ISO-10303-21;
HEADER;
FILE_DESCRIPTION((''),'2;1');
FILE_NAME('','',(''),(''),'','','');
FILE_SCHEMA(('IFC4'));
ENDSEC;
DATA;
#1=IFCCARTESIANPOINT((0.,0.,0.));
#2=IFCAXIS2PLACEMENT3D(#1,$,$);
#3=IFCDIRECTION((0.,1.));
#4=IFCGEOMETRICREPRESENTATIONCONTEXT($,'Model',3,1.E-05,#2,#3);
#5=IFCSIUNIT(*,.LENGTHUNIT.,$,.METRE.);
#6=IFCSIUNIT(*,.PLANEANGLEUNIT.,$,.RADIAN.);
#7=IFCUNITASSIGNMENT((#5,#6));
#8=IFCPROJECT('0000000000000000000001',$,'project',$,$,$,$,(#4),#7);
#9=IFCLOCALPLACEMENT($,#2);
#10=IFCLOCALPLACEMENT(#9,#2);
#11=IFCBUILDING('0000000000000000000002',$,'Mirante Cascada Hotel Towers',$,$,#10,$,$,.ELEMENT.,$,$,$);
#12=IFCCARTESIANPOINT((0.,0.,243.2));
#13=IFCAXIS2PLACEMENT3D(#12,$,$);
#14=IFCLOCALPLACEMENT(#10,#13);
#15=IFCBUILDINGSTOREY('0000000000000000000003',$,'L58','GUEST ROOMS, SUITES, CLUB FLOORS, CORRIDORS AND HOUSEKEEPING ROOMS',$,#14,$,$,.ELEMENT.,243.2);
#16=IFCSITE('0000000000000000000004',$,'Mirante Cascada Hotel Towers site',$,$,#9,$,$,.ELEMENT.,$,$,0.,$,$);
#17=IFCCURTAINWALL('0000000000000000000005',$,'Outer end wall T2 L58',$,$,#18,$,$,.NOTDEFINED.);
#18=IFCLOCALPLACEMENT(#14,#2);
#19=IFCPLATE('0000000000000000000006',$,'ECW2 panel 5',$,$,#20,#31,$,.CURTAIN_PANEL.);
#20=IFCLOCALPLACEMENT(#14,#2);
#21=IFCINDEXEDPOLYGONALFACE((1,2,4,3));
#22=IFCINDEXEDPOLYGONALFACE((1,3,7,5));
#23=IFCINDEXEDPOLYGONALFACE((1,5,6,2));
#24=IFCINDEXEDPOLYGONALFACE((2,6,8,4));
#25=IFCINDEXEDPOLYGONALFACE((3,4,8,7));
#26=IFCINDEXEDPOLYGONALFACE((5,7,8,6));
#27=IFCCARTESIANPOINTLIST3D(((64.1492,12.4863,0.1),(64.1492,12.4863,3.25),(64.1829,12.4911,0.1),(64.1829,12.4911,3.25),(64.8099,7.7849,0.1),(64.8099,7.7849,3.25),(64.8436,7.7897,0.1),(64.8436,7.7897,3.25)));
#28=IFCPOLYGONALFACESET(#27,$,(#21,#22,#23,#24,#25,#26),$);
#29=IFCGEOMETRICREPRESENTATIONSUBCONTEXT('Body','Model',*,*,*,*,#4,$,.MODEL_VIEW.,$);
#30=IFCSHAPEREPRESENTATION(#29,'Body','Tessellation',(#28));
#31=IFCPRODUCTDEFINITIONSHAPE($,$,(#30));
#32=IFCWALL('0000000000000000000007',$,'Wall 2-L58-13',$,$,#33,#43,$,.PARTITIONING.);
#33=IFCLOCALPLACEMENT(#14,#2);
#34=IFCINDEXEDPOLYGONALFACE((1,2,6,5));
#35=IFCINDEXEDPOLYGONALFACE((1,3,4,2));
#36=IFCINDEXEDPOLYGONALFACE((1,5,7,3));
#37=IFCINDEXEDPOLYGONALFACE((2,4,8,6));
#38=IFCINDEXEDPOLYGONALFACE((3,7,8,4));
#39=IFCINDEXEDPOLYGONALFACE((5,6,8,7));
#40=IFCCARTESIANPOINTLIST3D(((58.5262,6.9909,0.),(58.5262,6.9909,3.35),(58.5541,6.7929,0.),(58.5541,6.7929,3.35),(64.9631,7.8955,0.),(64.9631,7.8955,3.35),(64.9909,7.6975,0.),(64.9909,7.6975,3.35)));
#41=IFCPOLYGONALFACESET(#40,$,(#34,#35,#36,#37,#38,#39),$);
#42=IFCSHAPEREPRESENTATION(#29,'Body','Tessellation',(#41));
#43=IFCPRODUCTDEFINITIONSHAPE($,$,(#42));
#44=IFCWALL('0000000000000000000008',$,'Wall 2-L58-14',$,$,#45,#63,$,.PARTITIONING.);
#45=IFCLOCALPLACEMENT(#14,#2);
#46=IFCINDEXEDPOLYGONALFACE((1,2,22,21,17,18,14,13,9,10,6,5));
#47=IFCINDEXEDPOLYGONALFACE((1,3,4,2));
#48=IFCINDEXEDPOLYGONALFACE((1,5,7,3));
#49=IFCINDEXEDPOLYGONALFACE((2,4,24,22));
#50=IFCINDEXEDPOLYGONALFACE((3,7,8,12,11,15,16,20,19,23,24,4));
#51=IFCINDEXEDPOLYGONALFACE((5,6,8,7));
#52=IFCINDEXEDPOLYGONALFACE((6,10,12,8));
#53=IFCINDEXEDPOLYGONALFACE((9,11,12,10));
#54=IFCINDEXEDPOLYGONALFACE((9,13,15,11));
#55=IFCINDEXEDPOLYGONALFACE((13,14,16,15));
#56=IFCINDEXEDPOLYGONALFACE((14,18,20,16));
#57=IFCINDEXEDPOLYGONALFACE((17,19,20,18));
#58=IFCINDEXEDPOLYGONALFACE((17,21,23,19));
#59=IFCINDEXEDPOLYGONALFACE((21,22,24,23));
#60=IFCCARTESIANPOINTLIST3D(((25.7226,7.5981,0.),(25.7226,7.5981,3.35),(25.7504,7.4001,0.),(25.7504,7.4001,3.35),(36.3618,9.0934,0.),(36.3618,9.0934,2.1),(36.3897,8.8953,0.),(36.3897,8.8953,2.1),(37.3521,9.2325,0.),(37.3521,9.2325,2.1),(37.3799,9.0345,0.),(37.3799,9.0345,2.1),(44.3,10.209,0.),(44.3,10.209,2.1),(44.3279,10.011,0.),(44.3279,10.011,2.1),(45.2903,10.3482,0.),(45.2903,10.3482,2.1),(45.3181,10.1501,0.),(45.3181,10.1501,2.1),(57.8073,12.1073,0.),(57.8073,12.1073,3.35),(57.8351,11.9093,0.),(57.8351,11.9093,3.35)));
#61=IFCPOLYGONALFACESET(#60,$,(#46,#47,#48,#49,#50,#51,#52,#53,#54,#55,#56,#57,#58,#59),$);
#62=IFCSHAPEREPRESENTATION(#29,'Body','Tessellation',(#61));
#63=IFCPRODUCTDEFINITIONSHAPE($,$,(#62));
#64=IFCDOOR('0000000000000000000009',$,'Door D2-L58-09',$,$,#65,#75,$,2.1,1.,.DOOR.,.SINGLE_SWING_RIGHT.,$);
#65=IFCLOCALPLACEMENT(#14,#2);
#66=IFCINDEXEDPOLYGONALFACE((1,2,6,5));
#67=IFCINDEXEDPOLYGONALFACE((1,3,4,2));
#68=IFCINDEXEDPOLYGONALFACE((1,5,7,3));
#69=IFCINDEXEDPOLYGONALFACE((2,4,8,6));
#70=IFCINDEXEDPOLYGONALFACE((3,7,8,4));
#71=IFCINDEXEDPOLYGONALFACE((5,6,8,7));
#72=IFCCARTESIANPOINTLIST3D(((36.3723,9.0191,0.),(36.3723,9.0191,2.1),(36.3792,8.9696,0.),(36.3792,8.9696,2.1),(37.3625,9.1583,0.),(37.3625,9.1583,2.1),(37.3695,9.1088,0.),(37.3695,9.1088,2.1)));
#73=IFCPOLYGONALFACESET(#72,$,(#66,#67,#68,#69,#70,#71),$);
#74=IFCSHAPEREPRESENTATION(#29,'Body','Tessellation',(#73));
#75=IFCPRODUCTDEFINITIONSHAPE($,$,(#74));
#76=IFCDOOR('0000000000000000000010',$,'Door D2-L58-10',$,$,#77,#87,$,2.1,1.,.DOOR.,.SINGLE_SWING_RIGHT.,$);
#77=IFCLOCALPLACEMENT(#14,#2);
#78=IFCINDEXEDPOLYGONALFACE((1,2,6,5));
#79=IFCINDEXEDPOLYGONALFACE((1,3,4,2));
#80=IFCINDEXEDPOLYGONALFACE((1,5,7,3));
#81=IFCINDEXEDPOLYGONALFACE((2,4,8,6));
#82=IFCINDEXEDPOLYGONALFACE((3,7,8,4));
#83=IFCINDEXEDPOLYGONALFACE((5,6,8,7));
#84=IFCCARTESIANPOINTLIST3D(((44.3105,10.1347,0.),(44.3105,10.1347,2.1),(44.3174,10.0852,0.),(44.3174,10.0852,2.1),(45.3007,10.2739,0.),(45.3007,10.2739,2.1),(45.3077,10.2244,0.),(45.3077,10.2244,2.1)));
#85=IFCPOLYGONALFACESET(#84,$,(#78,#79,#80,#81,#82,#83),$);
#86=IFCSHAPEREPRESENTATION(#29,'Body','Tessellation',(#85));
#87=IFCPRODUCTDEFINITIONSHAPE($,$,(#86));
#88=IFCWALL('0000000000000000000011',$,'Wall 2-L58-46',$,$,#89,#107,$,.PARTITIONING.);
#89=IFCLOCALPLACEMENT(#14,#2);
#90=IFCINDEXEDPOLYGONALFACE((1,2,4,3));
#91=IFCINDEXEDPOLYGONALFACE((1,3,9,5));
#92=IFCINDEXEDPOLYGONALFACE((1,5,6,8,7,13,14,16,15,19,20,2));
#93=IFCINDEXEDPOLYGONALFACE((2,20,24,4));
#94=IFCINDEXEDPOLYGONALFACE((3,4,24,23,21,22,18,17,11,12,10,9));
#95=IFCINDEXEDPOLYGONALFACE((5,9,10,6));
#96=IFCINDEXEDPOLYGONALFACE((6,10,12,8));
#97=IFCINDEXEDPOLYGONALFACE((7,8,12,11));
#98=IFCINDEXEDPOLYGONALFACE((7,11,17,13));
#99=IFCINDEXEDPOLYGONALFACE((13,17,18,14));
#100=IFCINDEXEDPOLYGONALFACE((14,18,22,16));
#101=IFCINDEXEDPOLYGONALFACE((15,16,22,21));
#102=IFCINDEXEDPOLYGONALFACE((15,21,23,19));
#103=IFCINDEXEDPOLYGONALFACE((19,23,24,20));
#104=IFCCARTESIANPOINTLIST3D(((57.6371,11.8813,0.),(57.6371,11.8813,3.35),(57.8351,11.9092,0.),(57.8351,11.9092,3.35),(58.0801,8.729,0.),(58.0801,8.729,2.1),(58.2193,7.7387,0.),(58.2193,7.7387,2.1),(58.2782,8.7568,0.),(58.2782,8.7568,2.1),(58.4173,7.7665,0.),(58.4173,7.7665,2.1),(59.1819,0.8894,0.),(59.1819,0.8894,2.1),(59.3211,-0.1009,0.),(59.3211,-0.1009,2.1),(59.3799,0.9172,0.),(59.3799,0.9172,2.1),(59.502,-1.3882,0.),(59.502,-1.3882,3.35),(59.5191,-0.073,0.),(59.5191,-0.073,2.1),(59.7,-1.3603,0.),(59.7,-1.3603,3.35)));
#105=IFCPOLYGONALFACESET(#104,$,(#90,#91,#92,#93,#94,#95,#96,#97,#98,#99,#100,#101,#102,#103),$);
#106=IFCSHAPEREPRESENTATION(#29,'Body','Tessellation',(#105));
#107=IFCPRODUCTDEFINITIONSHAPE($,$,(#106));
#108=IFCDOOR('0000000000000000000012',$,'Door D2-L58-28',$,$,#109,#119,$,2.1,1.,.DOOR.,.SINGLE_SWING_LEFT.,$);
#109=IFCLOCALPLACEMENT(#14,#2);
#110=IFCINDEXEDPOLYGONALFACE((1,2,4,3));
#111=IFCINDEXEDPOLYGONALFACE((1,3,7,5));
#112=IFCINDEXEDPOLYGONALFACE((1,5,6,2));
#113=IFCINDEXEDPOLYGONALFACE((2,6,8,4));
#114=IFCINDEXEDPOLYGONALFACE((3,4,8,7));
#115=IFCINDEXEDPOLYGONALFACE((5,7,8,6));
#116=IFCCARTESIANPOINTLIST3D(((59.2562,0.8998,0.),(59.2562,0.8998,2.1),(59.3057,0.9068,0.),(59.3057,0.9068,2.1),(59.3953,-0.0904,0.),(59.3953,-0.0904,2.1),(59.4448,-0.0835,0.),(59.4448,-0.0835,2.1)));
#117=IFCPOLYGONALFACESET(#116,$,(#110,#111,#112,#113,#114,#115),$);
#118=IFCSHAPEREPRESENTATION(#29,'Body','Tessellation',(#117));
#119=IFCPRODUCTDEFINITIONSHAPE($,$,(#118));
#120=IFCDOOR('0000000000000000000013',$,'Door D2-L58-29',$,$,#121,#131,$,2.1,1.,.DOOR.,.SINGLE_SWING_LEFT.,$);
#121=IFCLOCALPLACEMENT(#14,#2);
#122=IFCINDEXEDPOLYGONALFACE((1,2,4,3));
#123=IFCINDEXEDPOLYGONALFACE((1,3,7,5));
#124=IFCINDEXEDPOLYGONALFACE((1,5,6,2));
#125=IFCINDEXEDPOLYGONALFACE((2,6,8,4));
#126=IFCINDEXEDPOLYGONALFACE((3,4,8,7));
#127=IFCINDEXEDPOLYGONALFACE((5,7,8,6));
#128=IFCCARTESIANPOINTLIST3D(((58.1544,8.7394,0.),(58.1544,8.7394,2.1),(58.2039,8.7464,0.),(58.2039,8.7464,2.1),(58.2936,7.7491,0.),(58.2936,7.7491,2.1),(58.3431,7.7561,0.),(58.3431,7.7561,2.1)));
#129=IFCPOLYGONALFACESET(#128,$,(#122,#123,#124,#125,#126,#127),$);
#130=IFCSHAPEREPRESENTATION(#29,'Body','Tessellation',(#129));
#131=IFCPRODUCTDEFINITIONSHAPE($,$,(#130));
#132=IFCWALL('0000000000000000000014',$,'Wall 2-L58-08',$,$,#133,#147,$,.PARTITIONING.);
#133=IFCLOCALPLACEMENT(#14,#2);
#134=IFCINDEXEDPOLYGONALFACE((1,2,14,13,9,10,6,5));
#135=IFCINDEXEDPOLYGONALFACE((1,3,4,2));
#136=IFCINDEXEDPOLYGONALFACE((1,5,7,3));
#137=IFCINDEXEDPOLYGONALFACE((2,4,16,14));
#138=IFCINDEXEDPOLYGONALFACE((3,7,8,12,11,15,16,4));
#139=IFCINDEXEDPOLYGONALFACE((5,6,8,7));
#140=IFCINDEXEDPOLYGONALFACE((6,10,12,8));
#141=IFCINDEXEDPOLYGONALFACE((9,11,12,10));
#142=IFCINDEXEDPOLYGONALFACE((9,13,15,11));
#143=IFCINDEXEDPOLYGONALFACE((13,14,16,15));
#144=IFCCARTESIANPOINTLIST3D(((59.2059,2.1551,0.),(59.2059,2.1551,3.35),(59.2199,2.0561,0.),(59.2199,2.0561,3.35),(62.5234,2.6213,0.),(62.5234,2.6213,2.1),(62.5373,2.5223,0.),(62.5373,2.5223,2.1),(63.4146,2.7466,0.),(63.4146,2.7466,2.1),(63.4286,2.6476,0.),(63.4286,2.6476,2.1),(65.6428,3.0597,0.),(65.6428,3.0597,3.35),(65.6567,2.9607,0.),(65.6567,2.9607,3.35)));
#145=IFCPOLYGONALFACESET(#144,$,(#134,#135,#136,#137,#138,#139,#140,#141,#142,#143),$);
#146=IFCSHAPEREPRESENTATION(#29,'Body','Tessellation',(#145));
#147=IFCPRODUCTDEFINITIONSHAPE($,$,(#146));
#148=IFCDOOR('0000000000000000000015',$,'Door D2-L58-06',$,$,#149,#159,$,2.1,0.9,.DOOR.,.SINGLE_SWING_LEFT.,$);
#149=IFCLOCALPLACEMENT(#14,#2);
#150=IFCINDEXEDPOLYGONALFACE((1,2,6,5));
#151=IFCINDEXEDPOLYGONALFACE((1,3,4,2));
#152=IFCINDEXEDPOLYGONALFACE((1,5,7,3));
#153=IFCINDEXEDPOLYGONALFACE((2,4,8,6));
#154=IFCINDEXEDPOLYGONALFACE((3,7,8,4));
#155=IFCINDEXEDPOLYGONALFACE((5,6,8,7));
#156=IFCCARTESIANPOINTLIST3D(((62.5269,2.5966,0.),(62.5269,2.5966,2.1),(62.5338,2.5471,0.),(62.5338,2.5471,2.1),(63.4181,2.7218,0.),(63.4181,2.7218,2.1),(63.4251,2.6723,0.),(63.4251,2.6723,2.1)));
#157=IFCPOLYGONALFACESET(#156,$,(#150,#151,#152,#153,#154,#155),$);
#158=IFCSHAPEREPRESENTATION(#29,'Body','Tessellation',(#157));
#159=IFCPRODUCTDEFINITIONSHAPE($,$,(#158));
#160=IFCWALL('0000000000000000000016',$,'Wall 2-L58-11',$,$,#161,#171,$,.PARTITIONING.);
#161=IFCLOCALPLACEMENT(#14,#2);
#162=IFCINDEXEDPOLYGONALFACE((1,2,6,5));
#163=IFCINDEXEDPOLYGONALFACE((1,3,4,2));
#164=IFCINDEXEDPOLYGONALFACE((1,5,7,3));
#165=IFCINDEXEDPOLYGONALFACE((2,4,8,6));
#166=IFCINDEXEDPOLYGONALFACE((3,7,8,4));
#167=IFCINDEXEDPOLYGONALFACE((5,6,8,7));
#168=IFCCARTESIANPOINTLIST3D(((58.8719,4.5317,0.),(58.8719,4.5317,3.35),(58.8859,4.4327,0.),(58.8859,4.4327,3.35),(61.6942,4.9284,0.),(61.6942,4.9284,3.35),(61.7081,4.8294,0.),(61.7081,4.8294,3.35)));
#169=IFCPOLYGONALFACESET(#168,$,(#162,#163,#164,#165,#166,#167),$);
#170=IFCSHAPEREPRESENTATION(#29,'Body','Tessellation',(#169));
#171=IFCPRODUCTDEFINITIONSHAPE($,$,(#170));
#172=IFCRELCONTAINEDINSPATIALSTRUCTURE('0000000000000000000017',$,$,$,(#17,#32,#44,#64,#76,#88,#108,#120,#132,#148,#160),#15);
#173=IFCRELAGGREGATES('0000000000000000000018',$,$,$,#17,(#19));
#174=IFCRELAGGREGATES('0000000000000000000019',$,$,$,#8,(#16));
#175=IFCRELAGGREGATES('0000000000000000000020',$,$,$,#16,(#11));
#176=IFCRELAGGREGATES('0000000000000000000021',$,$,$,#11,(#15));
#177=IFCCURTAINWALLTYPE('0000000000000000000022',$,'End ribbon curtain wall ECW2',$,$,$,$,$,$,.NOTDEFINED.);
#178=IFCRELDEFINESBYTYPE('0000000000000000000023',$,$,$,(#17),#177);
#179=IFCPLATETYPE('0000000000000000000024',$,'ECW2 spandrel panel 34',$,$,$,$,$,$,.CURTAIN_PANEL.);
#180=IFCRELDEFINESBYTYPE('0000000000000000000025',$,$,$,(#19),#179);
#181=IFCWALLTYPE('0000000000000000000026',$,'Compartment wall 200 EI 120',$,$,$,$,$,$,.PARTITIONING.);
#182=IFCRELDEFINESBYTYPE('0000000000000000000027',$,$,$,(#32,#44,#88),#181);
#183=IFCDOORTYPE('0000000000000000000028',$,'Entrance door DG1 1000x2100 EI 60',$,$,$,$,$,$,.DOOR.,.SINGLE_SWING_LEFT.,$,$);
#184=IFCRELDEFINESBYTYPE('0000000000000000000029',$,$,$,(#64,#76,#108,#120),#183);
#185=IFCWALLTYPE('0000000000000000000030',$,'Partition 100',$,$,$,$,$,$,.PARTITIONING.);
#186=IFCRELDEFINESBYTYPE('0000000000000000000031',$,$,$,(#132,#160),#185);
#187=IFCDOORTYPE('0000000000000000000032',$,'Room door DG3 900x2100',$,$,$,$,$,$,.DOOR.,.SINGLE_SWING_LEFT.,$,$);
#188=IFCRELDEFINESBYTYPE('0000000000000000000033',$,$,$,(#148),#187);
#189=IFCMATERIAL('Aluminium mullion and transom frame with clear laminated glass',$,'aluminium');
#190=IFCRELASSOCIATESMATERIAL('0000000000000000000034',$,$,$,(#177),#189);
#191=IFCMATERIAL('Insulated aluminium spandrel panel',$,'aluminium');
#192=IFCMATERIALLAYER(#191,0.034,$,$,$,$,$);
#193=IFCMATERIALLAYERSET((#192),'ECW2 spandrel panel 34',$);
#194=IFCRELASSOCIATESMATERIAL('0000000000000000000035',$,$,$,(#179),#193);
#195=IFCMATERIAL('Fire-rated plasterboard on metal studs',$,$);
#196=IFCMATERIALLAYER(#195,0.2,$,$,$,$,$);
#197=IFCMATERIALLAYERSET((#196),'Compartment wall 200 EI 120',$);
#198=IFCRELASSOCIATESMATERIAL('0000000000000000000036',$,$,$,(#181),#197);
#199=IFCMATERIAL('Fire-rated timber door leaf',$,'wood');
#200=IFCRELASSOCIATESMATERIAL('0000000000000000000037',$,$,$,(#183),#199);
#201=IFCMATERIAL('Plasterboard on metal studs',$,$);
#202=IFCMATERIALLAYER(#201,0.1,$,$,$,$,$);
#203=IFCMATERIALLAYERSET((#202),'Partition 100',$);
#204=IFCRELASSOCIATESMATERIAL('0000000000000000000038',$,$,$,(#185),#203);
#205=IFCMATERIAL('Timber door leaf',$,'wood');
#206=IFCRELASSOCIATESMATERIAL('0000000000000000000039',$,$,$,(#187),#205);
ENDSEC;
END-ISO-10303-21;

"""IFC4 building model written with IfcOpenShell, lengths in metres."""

from ifc_helpers import new_model, si_unit, direction, frame, frame_2d, origin, origin_2d, place, context, subcontext, project, spatial, rectangle, extrude, material, layer, layer_set, type_object, element, fill, aggregate, save


model = new_model("IFC4")

# Units and contexts
model_context = context("Model", 3, precision=1e-05, world=origin(), true_north=direction((0.0, 1.0)))
body_context = subcontext(model_context, "Body", "Model", "MODEL_VIEW")
ifc_project = project(units=[si_unit("LENGTHUNIT", "METRE"), si_unit("PLANEANGLEUNIT", "RADIAN")], contexts=[model_context])

# Site, building, storey
site_placement = place(None, origin())
site = spatial("IfcSite", under=ifc_project, at=site_placement, Name="Mirante Cascada Hotel Towers site", CompositionType="ELEMENT", RefElevation=0.0)
building_placement = place(site_placement, origin())
building = spatial("IfcBuilding", under=site, at=building_placement, Name="Mirante Cascada Hotel Towers", CompositionType="ELEMENT")
storey_placement = place(building_placement, frame((0.0, 0.0, 243.2)))
storey = spatial("IfcBuildingStorey", under=building, at=storey_placement, Name="L58", Description="GUEST ROOMS, SUITES, CLUB FLOORS, CORRIDORS AND HOUSEKEEPING ROOMS", CompositionType="ELEMENT", Elevation=243.2)

# Curtain wall, plate
ifc_material_1 = material(Name="Aluminium mullion and transom frame with clear laminated glass", Category="aluminium")
curtain_wall_type_1 = type_object("IfcCurtainWallType", Name="End ribbon curtain wall ECW2", PredefinedType="NOTDEFINED", material=ifc_material_1)
curtain_wall_1_placement = place(storey_placement, origin())
curtain_wall_1 = element("IfcCurtainWall", 1, at=curtain_wall_1_placement, inside=storey, type_object=curtain_wall_type_1, Name="Outer end wall T2 L58", PredefinedType="NOTDEFINED")
ifc_material_2 = material(Name="Insulated aluminium spandrel panel", Category="aluminium")
ifc_layer_1 = layer(ifc_material_2, 0.034)
ifc_layer_set_1 = layer_set([ifc_layer_1], Name="ECW2 spandrel panel 34")
plate_type_1 = type_object("IfcPlateType", Name="ECW2 spandrel panel 34", PredefinedType="CURTAIN_PANEL", material=ifc_layer_set_1)
plate_1_placement = place(storey_placement, frame((64.4964, 10.138, 0.1), z_axis=(0.0, 0.0, 1.0), x_axis=(-0.139173, 0.990268, 0.0)))
plate_1 = element("IfcPlate", 2, at=plate_1_placement, type_object=plate_type_1, Name="ECW2 panel 5", PredefinedType="CURTAIN_PANEL", context=body_context, shape_type="SweptSolid", body=[
    extrude(rectangle(XDim=4.7476, YDim=0.034, at=origin_2d()), origin(), (0.0, 0.0, 1.0), 3.15),
])
aggregate(curtain_wall_1, [plate_1])

# Wall
ifc_material_3 = material(Name="Fire-rated plasterboard on metal studs")
ifc_layer_2 = layer(ifc_material_3, 0.2)
ifc_layer_set_2 = layer_set([ifc_layer_2], Name="Compartment wall 200 EI 120")
wall_type_1 = type_object("IfcWallType", Name="Compartment wall 200 EI 120", PredefinedType="PARTITIONING", material=ifc_layer_set_2)
wall_1_placement = place(storey_placement, frame((58.5402, 6.8919, 0.0), z_axis=(0.0, 0.0, 1.0), x_axis=(0.990269, 0.139168, 0.0)))
element("IfcWall", 3, at=wall_1_placement, inside=storey, type_object=wall_type_1, Name="Wall 2-L58-13", PredefinedType="PARTITIONING", context=body_context, shape_type="SweptSolid", body=[
    extrude(rectangle(XDim=6.5001, YDim=0.2, at=frame_2d((3.25, 0.0))), origin(), (0.0, 0.0, 1.0), 3.35),
])

# Walls, openings, doors
wall_2_placement = place(storey_placement, frame((57.8212, 12.0083, 0.0), z_axis=(0.0, 0.0, 1.0), x_axis=(-0.990268, -0.139173, 0.0)))
wall_2 = element("IfcWall", 4, at=wall_2_placement, inside=storey, type_object=wall_type_1, Name="Wall 2-L58-14", PredefinedType="PARTITIONING", context=body_context, shape_type="SweptSolid", body=[
    extrude(rectangle(XDim=32.4, YDim=0.2, at=frame_2d((16.2, 0.0))), origin(), (0.0, 0.0, 1.0), 3.35),
])
opening_1_placement = place(wall_2_placement, frame((20.6562, 0.0, 0.0)))
opening_1 = element("IfcOpeningElement", 5, at=opening_1_placement, cuts=wall_2, PredefinedType="OPENING", context=body_context, shape_type="SweptSolid", body=[
    extrude(rectangle(XDim=1.0, YDim=2.1, at=frame_2d((0.5, 1.05))), frame((0.0, 0.1, 0.0), z_axis=(0.0, -1.0, 0.0), x_axis=(1.0, 0.0, 0.0)), (0.0, 0.0, 1.0), 0.2),
])
opening_2_placement = place(wall_2_placement, frame((12.64, 0.0, 0.0)))
opening_2 = element("IfcOpeningElement", 6, at=opening_2_placement, cuts=wall_2, PredefinedType="OPENING", context=body_context, shape_type="SweptSolid", body=[
    extrude(rectangle(XDim=1.0, YDim=2.1, at=frame_2d((0.5, 1.05))), frame((0.0, 0.1, 0.0), z_axis=(0.0, -1.0, 0.0), x_axis=(1.0, 0.0, 0.0)), (0.0, 0.0, 1.0), 0.2),
])
ifc_material_4 = material(Name="Fire-rated timber door leaf", Category="wood")
door_type_1 = type_object("IfcDoorType", Name="Entrance door DG1 1000x2100 EI 60", OperationType="SINGLE_SWING_LEFT", PredefinedType="DOOR", material=ifc_material_4)
door_1_placement = place(opening_1_placement, frame((1.0, 0.0, 0.0), z_axis=(0.0, 0.0, 1.0), x_axis=(-1.0, 0.0, 0.0)))
door_1 = element("IfcDoor", 7, at=door_1_placement, inside=storey, type_object=door_type_1, Name="Door D2-L58-09", OperationType="SINGLE_SWING_RIGHT", OverallHeight=2.1, OverallWidth=1.0, PredefinedType="DOOR", context=body_context, shape_type="SweptSolid", body=[
    extrude(rectangle(XDim=1.0, YDim=2.1, at=frame_2d((0.5, 1.05))), frame((0.0, 0.025, 0.0), z_axis=(0.0, -1.0, 0.0), x_axis=(1.0, 0.0, 0.0)), (0.0, 0.0, 1.0), 0.05),
])
fill(opening_1, door_1)
door_2_placement = place(opening_2_placement, frame((1.0, 0.0, 0.0), z_axis=(0.0, 0.0, 1.0), x_axis=(-1.0, 0.0, 0.0)))
door_2 = element("IfcDoor", 8, at=door_2_placement, inside=storey, type_object=door_type_1, Name="Door D2-L58-10", OperationType="SINGLE_SWING_RIGHT", OverallHeight=2.1, OverallWidth=1.0, PredefinedType="DOOR", context=body_context, shape_type="SweptSolid", body=[
    extrude(rectangle(XDim=1.0, YDim=2.1, at=frame_2d((0.5, 1.05))), frame((0.0, 0.025, 0.0), z_axis=(0.0, -1.0, 0.0), x_axis=(1.0, 0.0, 0.0)), (0.0, 0.0, 1.0), 0.05),
])
fill(opening_2, door_2)
wall_3_placement = place(storey_placement, frame((57.7361, 11.8953, 0.0), z_axis=(0.0, 0.0, 1.0), x_axis=(0.139173, -0.990268, 0.0)))
wall_3 = element("IfcWall", 9, at=wall_3_placement, inside=storey, type_object=wall_type_1, Name="Wall 2-L58-46", PredefinedType="PARTITIONING", context=body_context, shape_type="SweptSolid", body=[
    extrude(rectangle(XDim=13.3999, YDim=0.2, at=frame_2d((6.7, 0.0))), origin(), (0.0, 0.0, 1.0), 3.35),
])
opening_3_placement = place(wall_3_placement, frame((11.1, 0.0, 0.0)))
opening_3 = element("IfcOpeningElement", 10, at=opening_3_placement, cuts=wall_3, PredefinedType="OPENING", context=body_context, shape_type="SweptSolid", body=[
    extrude(rectangle(XDim=1.0, YDim=2.1, at=frame_2d((0.5, 1.05))), frame((0.0, 0.1, 0.0), z_axis=(0.0, -1.0, 0.0), x_axis=(1.0, 0.0, 0.0)), (0.0, 0.0, 1.0), 0.2),
])
opening_4_placement = place(wall_3_placement, frame((3.1834, 0.0, 0.0)))
opening_4 = element("IfcOpeningElement", 11, at=opening_4_placement, cuts=wall_3, PredefinedType="OPENING", context=body_context, shape_type="SweptSolid", body=[
    extrude(rectangle(XDim=1.0, YDim=2.1, at=frame_2d((0.5, 1.05))), frame((0.0, 0.1, 0.0), z_axis=(0.0, -1.0, 0.0), x_axis=(1.0, 0.0, 0.0)), (0.0, 0.0, 1.0), 0.2),
])
door_3_placement = place(opening_3_placement, origin())
door_3 = element("IfcDoor", 12, at=door_3_placement, inside=storey, type_object=door_type_1, Name="Door D2-L58-28", OperationType="SINGLE_SWING_LEFT", OverallHeight=2.1, OverallWidth=1.0, PredefinedType="DOOR", context=body_context, shape_type="SweptSolid", body=[
    extrude(rectangle(XDim=1.0, YDim=2.1, at=frame_2d((0.5, 1.05))), frame((0.0, 0.025, 0.0), z_axis=(0.0, -1.0, 0.0), x_axis=(1.0, 0.0, 0.0)), (0.0, 0.0, 1.0), 0.05),
])
fill(opening_3, door_3)
door_4_placement = place(opening_4_placement, origin())
door_4 = element("IfcDoor", 13, at=door_4_placement, inside=storey, type_object=door_type_1, Name="Door D2-L58-29", OperationType="SINGLE_SWING_LEFT", OverallHeight=2.1, OverallWidth=1.0, PredefinedType="DOOR", context=body_context, shape_type="SweptSolid", body=[
    extrude(rectangle(XDim=1.0, YDim=2.1, at=frame_2d((0.5, 1.05))), frame((0.0, 0.025, 0.0), z_axis=(0.0, -1.0, 0.0), x_axis=(1.0, 0.0, 0.0)), (0.0, 0.0, 1.0), 0.05),
])
fill(opening_4, door_4)

# Wall, opening, door
ifc_material_5 = material(Name="Plasterboard on metal studs")
ifc_layer_3 = layer(ifc_material_5, 0.1)
ifc_layer_set_3 = layer_set([ifc_layer_3], Name="Partition 100")
wall_type_2 = type_object("IfcWallType", Name="Partition 100", PredefinedType="PARTITIONING", material=ifc_layer_set_3)
wall_4_placement = place(storey_placement, frame((65.6497, 3.0102, 0.0), z_axis=(0.0, 0.0, 1.0), x_axis=(-0.990269, -0.139168, 0.0)))
wall_4 = element("IfcWall", 14, at=wall_4_placement, inside=storey, type_object=wall_type_2, Name="Wall 2-L58-08", PredefinedType="PARTITIONING", context=body_context, shape_type="SweptSolid", body=[
    extrude(rectangle(XDim=6.5001, YDim=0.1, at=frame_2d((3.25, 0.0))), origin(), (0.0, 0.0, 1.0), 3.35),
])
opening_5_placement = place(wall_4_placement, frame((2.25, 0.0, 0.0)))
opening_5 = element("IfcOpeningElement", 15, at=opening_5_placement, cuts=wall_4, PredefinedType="OPENING", context=body_context, shape_type="SweptSolid", body=[
    extrude(rectangle(XDim=0.9, YDim=2.1, at=frame_2d((0.45, 1.05))), frame((0.0, 0.05, 0.0), z_axis=(0.0, -1.0, 0.0), x_axis=(1.0, 0.0, 0.0)), (0.0, 0.0, 1.0), 0.1),
])
ifc_material_6 = material(Name="Timber door leaf", Category="wood")
door_type_2 = type_object("IfcDoorType", Name="Room door DG3 900x2100", OperationType="SINGLE_SWING_LEFT", PredefinedType="DOOR", material=ifc_material_6)
door_5_placement = place(opening_5_placement, origin())
door_5 = element("IfcDoor", 16, at=door_5_placement, inside=storey, type_object=door_type_2, Name="Door D2-L58-06", OperationType="SINGLE_SWING_LEFT", OverallHeight=2.1, OverallWidth=0.9, PredefinedType="DOOR", context=body_context, shape_type="SweptSolid", body=[
    extrude(rectangle(XDim=0.9, YDim=2.1, at=frame_2d((0.45, 1.05))), frame((0.0, 0.025, 0.0), z_axis=(0.0, -1.0, 0.0), x_axis=(1.0, 0.0, 0.0)), (0.0, 0.0, 1.0), 0.05),
])
fill(opening_5, door_5)

# Wall
wall_5_placement = place(storey_placement, frame((58.8789, 4.4822, 0.0), z_axis=(0.0, 0.0, 1.0), x_axis=(0.990266, 0.139191, 0.0)))
element("IfcWall", 17, at=wall_5_placement, inside=storey, type_object=wall_type_2, Name="Wall 2-L58-11", PredefinedType="PARTITIONING", context=body_context, shape_type="SweptSolid", body=[
    extrude(rectangle(XDim=2.85, YDim=0.1, at=frame_2d((1.425, 0.0))), origin(), (0.0, 0.0, 1.0), 3.35),
])

save(model, "model.ifc")
